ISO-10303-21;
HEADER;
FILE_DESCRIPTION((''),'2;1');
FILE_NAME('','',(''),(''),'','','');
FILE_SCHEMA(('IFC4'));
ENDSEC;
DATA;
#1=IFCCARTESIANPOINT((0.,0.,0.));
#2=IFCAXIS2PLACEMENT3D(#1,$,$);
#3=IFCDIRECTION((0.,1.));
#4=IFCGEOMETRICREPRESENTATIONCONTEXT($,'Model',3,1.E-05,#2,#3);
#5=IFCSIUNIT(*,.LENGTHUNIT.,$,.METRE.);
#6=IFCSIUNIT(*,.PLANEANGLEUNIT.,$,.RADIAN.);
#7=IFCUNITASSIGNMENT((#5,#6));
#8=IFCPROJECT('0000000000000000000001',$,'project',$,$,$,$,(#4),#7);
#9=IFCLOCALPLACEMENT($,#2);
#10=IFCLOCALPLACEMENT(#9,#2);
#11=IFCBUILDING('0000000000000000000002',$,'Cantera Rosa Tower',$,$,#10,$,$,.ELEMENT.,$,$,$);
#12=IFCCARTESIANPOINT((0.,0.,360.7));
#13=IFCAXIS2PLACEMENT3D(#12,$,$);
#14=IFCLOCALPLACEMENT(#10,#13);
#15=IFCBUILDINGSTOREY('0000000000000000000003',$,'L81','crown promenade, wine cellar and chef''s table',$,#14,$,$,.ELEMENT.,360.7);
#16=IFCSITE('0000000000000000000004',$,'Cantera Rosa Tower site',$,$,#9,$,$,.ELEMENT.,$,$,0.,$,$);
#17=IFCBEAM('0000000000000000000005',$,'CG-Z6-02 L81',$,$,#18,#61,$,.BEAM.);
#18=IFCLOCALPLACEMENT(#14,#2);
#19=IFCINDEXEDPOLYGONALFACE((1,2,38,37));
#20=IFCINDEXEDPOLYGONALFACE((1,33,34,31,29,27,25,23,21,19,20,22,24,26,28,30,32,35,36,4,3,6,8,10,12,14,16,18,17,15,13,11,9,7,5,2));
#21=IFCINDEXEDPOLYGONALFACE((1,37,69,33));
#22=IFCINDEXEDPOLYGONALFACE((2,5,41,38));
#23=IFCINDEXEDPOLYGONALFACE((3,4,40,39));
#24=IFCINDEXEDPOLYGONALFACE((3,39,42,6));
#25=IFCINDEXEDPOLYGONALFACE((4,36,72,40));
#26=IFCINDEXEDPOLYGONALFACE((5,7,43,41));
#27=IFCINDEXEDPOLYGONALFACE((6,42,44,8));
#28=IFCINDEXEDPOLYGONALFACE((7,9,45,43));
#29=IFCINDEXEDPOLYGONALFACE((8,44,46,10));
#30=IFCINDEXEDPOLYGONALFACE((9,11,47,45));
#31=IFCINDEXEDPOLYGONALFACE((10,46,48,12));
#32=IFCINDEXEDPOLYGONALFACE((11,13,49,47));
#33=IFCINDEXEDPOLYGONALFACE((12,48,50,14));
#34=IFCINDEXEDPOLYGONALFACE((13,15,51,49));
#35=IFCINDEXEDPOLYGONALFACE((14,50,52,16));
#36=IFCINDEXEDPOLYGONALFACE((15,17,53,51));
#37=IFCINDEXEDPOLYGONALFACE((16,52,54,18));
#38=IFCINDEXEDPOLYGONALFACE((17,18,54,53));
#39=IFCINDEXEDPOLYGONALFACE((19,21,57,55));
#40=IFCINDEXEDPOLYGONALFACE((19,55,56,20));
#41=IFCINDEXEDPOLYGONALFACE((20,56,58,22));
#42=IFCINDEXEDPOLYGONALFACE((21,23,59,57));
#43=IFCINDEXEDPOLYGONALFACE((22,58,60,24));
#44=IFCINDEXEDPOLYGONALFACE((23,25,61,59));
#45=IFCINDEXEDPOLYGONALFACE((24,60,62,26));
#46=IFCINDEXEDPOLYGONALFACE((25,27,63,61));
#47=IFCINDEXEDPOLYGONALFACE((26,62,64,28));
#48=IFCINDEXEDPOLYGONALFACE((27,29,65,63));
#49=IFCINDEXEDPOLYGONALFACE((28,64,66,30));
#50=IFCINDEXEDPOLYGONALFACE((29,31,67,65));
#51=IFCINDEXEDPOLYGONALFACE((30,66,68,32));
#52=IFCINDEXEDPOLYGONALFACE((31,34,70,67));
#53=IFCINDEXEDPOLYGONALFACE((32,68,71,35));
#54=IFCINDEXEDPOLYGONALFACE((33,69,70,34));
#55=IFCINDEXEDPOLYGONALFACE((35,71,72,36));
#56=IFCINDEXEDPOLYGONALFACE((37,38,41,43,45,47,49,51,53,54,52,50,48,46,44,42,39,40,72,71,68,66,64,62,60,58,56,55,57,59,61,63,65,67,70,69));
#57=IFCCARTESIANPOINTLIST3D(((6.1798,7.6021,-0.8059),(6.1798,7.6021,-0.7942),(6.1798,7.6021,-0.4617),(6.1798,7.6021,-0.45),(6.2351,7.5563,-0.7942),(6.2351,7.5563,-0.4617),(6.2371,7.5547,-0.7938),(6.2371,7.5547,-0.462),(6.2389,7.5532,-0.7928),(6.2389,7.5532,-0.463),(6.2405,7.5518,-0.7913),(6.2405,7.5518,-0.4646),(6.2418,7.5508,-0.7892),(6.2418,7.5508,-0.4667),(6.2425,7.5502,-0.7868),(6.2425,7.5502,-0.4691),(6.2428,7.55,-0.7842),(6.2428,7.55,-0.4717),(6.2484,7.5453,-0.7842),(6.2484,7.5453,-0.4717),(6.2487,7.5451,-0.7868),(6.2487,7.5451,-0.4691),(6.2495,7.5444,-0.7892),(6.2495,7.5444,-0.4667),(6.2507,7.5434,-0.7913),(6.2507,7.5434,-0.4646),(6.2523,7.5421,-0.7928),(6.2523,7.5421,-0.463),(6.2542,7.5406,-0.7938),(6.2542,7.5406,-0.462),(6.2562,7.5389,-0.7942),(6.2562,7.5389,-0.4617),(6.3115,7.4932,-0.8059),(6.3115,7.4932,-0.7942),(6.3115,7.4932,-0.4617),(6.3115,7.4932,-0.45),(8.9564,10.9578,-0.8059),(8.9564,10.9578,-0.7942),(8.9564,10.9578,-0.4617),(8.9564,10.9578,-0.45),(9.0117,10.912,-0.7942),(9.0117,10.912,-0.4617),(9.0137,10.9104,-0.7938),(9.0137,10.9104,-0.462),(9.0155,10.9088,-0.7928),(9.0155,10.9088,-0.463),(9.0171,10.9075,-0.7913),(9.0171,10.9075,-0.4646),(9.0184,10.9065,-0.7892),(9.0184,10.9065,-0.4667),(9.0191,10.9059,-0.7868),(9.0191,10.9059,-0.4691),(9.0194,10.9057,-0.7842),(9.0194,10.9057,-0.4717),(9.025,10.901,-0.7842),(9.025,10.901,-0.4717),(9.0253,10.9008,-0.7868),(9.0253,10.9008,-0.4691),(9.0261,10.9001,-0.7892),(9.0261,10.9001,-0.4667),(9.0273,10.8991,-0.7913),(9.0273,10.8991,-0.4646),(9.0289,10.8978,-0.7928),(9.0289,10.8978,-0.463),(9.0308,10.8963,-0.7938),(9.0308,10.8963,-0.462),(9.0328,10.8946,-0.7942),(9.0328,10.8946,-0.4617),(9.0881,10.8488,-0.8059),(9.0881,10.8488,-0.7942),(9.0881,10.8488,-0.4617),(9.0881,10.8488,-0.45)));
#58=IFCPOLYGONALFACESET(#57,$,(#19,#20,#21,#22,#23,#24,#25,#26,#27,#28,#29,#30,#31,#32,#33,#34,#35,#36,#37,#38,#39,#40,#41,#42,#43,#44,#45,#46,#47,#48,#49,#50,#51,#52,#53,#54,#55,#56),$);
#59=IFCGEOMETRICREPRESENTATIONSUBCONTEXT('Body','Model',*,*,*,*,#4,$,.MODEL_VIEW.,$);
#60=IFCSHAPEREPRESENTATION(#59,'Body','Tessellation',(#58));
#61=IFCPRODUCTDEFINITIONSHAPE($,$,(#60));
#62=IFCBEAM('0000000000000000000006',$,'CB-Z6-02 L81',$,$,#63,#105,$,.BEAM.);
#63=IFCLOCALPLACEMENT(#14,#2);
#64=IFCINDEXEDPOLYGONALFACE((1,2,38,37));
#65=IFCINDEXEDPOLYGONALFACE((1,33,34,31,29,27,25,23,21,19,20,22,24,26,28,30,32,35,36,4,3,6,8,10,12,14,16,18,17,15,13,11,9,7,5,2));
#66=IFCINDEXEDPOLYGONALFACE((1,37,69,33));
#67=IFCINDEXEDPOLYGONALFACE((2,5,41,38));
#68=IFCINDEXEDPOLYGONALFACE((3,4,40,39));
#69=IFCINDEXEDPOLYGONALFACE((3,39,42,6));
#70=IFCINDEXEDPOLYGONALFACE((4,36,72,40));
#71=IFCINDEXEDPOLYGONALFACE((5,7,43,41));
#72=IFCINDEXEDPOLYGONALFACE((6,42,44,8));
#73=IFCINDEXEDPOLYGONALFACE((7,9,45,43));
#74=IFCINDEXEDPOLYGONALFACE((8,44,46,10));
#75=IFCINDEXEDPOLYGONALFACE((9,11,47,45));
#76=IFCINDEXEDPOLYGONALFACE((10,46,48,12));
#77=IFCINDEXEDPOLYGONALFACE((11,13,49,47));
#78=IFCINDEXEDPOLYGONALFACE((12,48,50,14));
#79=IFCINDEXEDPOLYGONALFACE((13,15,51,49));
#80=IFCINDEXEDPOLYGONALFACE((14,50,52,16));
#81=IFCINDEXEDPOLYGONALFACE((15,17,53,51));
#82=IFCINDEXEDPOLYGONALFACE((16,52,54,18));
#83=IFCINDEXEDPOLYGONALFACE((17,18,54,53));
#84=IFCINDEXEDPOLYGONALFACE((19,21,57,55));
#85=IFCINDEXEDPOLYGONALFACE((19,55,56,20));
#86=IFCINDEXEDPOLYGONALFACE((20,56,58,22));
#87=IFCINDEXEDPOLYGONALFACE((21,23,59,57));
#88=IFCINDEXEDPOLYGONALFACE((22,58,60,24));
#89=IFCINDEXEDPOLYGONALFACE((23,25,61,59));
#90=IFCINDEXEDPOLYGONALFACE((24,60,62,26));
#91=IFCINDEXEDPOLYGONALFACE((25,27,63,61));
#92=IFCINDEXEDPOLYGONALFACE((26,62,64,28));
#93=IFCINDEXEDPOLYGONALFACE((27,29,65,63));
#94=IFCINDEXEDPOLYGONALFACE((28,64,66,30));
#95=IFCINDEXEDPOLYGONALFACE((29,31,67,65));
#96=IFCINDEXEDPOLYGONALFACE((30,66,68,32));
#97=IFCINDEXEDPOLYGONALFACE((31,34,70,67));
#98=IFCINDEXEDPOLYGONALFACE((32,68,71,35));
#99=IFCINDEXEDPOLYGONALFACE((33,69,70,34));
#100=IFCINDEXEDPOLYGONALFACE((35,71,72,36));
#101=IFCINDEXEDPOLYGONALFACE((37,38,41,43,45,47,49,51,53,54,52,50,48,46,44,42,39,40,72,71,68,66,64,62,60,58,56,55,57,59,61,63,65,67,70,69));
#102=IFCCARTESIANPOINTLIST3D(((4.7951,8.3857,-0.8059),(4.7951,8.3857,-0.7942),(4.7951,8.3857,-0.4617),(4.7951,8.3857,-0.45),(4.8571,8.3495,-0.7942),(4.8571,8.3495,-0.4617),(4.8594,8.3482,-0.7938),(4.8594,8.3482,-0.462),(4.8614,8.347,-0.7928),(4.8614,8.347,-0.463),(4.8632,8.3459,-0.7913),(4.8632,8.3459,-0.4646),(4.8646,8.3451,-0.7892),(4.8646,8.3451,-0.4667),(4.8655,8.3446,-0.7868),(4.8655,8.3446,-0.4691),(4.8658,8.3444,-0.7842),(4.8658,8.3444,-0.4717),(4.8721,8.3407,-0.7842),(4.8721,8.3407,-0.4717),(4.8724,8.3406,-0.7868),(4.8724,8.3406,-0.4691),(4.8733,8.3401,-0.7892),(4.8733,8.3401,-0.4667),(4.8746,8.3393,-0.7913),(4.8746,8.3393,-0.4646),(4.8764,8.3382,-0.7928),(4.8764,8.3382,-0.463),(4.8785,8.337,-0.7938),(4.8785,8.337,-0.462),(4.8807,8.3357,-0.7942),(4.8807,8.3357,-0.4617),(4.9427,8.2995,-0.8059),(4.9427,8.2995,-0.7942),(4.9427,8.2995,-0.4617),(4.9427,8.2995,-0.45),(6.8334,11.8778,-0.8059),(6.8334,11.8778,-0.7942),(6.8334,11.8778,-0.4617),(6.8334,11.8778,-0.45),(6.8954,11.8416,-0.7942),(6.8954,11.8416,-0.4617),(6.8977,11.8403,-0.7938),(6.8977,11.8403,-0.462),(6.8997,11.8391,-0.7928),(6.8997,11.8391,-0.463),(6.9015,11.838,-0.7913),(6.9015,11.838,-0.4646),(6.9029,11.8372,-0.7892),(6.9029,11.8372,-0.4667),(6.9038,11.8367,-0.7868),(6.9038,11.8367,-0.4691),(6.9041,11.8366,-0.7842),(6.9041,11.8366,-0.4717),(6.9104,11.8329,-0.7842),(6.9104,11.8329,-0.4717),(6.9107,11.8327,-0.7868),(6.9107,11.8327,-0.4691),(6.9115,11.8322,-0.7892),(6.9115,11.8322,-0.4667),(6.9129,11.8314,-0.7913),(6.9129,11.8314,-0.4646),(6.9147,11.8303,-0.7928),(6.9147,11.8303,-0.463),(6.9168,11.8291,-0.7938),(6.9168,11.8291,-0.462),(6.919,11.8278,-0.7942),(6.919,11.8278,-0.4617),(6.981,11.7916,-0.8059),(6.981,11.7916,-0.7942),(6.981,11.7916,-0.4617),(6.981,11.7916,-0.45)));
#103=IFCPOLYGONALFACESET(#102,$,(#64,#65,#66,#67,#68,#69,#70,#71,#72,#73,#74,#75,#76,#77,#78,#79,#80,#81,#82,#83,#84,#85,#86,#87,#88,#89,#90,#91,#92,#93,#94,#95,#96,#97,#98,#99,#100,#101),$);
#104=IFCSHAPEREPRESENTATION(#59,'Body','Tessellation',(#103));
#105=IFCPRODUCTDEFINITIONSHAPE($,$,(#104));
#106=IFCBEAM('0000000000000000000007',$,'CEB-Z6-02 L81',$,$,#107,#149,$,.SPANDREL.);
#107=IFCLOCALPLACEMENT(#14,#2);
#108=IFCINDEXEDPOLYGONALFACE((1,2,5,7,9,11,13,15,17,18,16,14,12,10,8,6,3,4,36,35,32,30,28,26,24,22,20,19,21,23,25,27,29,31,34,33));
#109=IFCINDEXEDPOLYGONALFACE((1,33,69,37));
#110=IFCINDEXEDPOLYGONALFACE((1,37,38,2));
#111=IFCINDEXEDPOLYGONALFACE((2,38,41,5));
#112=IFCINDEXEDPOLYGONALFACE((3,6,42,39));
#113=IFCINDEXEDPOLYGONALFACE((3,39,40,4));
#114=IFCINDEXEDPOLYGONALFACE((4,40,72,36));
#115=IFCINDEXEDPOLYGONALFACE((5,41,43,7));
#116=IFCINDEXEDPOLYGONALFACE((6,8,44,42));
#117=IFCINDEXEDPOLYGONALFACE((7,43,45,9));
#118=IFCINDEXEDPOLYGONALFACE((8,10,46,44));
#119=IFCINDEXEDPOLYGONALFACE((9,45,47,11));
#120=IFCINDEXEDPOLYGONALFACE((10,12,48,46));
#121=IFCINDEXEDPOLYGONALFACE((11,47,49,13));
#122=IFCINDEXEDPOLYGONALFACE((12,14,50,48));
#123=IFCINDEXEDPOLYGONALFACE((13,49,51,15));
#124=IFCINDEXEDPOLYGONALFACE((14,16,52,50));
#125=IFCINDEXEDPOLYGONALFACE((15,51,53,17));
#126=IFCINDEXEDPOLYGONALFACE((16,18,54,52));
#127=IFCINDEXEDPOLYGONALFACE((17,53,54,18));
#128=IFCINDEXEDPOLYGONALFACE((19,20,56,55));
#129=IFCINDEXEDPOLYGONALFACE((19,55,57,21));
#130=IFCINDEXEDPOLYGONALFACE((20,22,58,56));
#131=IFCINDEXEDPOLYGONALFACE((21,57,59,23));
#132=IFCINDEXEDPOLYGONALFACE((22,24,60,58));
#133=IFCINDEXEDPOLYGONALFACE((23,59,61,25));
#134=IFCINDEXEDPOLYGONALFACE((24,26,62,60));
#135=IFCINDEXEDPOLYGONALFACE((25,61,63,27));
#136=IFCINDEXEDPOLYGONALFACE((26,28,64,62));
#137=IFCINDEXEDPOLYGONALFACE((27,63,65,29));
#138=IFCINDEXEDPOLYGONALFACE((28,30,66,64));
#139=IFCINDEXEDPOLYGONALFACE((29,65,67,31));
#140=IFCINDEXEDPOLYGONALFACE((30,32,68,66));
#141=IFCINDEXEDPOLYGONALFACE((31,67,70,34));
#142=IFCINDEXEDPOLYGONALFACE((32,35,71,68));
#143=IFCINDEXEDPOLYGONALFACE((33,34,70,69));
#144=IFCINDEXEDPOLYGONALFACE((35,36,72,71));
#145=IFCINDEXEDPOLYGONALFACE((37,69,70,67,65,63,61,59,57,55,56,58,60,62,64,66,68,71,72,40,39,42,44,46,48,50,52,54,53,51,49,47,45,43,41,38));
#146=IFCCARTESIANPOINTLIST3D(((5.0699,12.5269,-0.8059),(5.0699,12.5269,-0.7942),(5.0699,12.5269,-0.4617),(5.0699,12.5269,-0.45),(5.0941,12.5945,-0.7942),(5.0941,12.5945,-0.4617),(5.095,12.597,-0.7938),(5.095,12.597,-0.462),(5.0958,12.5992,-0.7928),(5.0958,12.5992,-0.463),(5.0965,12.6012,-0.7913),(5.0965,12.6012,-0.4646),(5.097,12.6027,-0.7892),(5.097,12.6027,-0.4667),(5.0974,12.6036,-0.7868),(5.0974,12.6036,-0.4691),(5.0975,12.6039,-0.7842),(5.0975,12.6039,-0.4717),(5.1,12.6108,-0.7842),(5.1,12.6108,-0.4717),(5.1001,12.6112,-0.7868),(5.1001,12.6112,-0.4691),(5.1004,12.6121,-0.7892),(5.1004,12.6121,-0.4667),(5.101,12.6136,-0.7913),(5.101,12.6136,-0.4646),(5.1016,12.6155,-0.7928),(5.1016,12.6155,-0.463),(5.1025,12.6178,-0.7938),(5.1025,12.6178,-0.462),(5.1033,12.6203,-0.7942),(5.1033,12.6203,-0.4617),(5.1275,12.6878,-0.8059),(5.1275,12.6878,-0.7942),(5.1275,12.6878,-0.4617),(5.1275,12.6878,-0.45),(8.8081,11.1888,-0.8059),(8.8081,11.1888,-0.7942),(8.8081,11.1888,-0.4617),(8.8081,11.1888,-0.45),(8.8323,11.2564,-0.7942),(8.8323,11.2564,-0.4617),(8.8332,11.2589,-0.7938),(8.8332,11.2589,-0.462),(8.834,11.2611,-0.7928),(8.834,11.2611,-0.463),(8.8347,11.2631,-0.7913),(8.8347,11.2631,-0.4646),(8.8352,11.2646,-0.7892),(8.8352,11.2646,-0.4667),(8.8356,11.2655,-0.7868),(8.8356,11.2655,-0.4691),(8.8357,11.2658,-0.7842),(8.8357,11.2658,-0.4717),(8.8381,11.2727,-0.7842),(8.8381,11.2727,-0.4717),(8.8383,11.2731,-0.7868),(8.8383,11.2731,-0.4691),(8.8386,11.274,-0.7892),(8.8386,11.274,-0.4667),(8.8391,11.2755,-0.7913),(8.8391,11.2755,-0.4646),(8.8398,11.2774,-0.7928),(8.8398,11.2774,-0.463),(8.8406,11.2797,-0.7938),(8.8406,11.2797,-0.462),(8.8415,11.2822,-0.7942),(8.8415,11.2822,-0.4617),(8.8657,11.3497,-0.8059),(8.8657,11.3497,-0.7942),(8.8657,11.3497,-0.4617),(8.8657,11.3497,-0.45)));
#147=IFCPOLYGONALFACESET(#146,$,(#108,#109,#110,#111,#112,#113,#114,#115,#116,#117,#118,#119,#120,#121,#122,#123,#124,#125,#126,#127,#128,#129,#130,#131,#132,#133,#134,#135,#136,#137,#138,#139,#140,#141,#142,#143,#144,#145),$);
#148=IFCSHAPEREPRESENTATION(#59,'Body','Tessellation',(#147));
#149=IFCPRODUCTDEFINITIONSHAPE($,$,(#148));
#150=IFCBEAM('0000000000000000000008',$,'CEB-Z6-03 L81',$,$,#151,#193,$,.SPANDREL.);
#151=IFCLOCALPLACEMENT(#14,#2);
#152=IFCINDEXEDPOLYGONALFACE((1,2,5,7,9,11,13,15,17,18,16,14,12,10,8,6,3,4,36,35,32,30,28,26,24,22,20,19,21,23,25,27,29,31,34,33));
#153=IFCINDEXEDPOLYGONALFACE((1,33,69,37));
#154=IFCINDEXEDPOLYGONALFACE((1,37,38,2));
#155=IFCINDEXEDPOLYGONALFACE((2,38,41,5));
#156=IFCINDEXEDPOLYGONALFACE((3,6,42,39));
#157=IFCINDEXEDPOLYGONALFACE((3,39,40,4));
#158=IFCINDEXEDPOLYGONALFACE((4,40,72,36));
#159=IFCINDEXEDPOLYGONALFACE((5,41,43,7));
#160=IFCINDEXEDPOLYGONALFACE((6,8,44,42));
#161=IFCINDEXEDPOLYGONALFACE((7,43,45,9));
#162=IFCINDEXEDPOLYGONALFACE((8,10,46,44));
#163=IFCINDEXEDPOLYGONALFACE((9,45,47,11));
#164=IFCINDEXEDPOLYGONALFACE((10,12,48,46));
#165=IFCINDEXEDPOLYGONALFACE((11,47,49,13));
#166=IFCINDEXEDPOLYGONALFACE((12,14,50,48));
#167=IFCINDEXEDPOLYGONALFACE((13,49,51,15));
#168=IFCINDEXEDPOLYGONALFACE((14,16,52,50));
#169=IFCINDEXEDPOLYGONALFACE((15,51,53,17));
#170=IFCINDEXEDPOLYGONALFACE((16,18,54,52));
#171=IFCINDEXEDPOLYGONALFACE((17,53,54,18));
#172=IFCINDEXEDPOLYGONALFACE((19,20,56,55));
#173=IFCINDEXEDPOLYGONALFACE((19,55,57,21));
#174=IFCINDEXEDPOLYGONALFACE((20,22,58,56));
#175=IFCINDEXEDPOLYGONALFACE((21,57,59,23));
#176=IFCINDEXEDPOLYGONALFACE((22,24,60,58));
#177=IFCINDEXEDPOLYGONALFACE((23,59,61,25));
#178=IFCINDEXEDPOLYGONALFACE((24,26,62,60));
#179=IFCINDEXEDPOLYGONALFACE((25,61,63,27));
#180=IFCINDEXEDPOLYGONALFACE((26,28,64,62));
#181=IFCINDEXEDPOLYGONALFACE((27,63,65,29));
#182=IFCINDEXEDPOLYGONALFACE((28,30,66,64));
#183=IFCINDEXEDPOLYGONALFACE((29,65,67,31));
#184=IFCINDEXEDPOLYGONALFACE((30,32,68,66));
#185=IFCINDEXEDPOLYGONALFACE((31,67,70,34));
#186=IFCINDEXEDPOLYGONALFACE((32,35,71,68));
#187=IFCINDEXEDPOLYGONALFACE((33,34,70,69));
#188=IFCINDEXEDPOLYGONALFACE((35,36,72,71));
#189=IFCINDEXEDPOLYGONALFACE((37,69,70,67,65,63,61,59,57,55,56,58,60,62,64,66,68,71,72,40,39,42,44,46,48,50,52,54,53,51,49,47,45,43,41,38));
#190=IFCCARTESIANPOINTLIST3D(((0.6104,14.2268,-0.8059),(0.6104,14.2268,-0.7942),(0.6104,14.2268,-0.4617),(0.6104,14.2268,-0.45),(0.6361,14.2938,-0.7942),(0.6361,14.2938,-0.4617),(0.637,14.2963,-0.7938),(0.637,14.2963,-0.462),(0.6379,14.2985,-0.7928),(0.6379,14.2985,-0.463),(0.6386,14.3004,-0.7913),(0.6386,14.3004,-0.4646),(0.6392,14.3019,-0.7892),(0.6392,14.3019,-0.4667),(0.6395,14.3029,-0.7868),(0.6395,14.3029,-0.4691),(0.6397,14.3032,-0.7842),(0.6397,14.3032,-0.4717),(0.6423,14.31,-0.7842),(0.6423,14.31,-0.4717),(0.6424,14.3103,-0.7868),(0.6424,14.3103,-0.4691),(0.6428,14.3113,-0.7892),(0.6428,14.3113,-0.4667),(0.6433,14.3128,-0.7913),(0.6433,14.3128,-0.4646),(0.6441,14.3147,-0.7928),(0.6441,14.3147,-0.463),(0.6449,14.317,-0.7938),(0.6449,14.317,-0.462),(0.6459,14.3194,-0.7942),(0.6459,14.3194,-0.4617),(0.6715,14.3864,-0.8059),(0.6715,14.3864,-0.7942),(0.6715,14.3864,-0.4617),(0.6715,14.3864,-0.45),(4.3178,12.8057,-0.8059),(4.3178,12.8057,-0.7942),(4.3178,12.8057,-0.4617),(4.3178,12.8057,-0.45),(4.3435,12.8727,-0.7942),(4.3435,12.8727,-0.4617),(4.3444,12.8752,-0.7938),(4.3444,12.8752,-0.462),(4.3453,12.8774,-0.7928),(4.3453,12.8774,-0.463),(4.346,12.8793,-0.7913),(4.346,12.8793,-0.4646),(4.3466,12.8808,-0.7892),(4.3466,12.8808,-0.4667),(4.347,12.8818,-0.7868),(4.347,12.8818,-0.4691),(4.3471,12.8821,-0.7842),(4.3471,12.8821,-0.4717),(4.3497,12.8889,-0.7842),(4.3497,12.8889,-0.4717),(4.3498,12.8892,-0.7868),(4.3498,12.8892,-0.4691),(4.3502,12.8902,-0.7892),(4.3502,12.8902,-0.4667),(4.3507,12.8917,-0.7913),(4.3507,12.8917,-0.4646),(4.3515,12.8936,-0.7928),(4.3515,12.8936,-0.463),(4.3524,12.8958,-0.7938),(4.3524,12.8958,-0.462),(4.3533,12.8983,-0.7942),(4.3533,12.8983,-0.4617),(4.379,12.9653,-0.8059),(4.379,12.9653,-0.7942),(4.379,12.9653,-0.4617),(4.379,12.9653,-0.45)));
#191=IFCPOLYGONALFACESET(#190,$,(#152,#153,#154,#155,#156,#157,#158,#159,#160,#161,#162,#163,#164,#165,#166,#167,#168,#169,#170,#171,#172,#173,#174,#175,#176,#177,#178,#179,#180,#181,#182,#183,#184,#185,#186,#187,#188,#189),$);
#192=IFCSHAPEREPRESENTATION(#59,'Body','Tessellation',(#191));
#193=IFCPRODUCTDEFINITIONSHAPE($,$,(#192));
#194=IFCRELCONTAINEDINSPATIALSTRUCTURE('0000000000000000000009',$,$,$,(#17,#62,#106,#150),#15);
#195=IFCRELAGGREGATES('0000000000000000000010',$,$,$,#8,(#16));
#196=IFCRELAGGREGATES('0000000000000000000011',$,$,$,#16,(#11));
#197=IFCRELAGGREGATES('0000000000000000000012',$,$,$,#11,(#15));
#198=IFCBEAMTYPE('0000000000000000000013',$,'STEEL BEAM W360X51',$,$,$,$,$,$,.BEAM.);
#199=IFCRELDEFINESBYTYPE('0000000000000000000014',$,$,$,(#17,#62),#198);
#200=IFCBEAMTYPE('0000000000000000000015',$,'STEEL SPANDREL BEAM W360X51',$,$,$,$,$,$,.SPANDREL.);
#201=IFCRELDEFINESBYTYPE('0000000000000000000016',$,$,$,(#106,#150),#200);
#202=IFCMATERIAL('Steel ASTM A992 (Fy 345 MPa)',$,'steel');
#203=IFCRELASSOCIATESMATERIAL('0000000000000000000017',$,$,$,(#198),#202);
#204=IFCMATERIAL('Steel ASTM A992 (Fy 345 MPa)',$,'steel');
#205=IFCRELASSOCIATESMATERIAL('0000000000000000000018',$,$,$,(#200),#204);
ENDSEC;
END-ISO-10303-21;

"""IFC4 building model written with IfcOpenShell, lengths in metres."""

from ifc_helpers import new_model, si_unit, direction, frame, origin, origin_2d, place, context, subcontext, project, spatial, i_section, extrude, material, material_profile, profile_set, type_object, element, save


model = new_model("IFC4")

# Units and contexts
model_context = context("Model", 3, precision=1e-05, world=origin(), true_north=direction((0.0, 1.0)))
body_context = subcontext(model_context, "Body", "Model", "MODEL_VIEW")
ifc_project = project(units=[si_unit("LENGTHUNIT", "METRE"), si_unit("PLANEANGLEUNIT", "RADIAN")], contexts=[model_context])

# Site, building, storey
site_placement = place(None, origin())
site = spatial("IfcSite", under=ifc_project, at=site_placement, Name="Cantera Rosa Tower site", CompositionType="ELEMENT", RefElevation=0.0)
building_placement = place(site_placement, origin())
building = spatial("IfcBuilding", under=site, at=building_placement, Name="Cantera Rosa Tower", CompositionType="ELEMENT")
storey_placement = place(building_placement, frame((0.0, 0.0, 360.7)))
storey = spatial("IfcBuildingStorey", under=building, at=storey_placement, Name="L81", Description="crown promenade, wine cellar and chef's table", CompositionType="ELEMENT", Elevation=360.7)

# Beams
ifc_material_1 = material(Name="Steel ASTM A992 (Fy 345 MPa)", Category="steel")
ifc_material_profile_1 = material_profile(ifc_material_1, i_section(OverallWidth=0.1709, OverallDepth=0.356, WebThickness=0.0073, FlangeThickness=0.0117, FilletRadius=0.01, at=origin_2d()), Name="W360X51")
ifc_profile_set_1 = profile_set([ifc_material_profile_1], Name="Steel ASTM A992 (Fy 345 MPa)")
beam_type_1 = type_object("IfcBeamType", Name="STEEL BEAM W360X51", PredefinedType="BEAM", material=ifc_profile_set_1)
beam_1_placement = place(storey_placement, frame((9.0222, 10.9033, -0.6279), z_axis=(-0.637495, -0.770454, 0.0), x_axis=(0.770454, -0.637495, 0.0)))
element("IfcBeam", 1, at=beam_1_placement, inside=storey, type_object=beam_type_1, Name="CG-Z6-02 L81", PredefinedType="BEAM", context=body_context, shape_type="SweptSolid", body=[
    extrude(i_section(OverallWidth=0.1709, OverallDepth=0.356, WebThickness=0.0073, FlangeThickness=0.0117, FilletRadius=0.01, at=origin_2d()), origin(), (0.0, 0.0, 1.0), 4.3555),
])
beam_2_placement = place(storey_placement, frame((6.9072, 11.8347, -0.6279), z_axis=(-0.504096, -0.863647, 0.0), x_axis=(0.863647, -0.504096, 0.0)))
element("IfcBeam", 2, at=beam_2_placement, inside=storey, type_object=beam_type_1, Name="CB-Z6-02 L81", PredefinedType="BEAM", context=body_context, shape_type="SweptSolid", body=[
    extrude(i_section(OverallWidth=0.1709, OverallDepth=0.356, WebThickness=0.0073, FlangeThickness=0.0117, FilletRadius=0.01, at=origin_2d()), origin(), (0.0, 0.0, 1.0), 4.0435),
])
ifc_material_2 = material(Name="Steel ASTM A992 (Fy 345 MPa)", Category="steel")
ifc_material_profile_2 = material_profile(ifc_material_2, i_section(OverallWidth=0.1709, OverallDepth=0.356, WebThickness=0.0073, FlangeThickness=0.0117, FilletRadius=0.01, at=origin_2d()), Name="W360X51")
ifc_profile_set_2 = profile_set([ifc_material_profile_2], Name="Steel ASTM A992 (Fy 345 MPa)")
beam_type_2 = type_object("IfcBeamType", Name="STEEL SPANDREL BEAM W360X51", PredefinedType="SPANDREL", material=ifc_profile_set_2)
for number, where, z_axis, x_axis, name in (
    (3, (8.8369, 11.2693, -0.6279), (-0.9415, 0.337014, 0.0), (-0.337014, -0.9415, 0.0), "CEB-Z6-02 L81"),
    (4, (4.3484, 12.8855, -0.6279), (-0.933752, 0.35792, 0.0), (-0.35792, -0.933752, 0.0), "CEB-Z6-03 L81"),
):
    element("IfcBeam", number, at=place(storey_placement, frame(where, z_axis=z_axis, x_axis=x_axis)), inside=storey, type_object=beam_type_2, Name=name, PredefinedType="SPANDREL", context=body_context, shape_type="SweptSolid", body=[
        extrude(i_section(OverallWidth=0.1709, OverallDepth=0.356, WebThickness=0.0073, FlangeThickness=0.0117, FilletRadius=0.01, at=origin_2d()), origin(), (0.0, 0.0, 1.0), 3.9705),
    ])

save(model, "model.ifc")
